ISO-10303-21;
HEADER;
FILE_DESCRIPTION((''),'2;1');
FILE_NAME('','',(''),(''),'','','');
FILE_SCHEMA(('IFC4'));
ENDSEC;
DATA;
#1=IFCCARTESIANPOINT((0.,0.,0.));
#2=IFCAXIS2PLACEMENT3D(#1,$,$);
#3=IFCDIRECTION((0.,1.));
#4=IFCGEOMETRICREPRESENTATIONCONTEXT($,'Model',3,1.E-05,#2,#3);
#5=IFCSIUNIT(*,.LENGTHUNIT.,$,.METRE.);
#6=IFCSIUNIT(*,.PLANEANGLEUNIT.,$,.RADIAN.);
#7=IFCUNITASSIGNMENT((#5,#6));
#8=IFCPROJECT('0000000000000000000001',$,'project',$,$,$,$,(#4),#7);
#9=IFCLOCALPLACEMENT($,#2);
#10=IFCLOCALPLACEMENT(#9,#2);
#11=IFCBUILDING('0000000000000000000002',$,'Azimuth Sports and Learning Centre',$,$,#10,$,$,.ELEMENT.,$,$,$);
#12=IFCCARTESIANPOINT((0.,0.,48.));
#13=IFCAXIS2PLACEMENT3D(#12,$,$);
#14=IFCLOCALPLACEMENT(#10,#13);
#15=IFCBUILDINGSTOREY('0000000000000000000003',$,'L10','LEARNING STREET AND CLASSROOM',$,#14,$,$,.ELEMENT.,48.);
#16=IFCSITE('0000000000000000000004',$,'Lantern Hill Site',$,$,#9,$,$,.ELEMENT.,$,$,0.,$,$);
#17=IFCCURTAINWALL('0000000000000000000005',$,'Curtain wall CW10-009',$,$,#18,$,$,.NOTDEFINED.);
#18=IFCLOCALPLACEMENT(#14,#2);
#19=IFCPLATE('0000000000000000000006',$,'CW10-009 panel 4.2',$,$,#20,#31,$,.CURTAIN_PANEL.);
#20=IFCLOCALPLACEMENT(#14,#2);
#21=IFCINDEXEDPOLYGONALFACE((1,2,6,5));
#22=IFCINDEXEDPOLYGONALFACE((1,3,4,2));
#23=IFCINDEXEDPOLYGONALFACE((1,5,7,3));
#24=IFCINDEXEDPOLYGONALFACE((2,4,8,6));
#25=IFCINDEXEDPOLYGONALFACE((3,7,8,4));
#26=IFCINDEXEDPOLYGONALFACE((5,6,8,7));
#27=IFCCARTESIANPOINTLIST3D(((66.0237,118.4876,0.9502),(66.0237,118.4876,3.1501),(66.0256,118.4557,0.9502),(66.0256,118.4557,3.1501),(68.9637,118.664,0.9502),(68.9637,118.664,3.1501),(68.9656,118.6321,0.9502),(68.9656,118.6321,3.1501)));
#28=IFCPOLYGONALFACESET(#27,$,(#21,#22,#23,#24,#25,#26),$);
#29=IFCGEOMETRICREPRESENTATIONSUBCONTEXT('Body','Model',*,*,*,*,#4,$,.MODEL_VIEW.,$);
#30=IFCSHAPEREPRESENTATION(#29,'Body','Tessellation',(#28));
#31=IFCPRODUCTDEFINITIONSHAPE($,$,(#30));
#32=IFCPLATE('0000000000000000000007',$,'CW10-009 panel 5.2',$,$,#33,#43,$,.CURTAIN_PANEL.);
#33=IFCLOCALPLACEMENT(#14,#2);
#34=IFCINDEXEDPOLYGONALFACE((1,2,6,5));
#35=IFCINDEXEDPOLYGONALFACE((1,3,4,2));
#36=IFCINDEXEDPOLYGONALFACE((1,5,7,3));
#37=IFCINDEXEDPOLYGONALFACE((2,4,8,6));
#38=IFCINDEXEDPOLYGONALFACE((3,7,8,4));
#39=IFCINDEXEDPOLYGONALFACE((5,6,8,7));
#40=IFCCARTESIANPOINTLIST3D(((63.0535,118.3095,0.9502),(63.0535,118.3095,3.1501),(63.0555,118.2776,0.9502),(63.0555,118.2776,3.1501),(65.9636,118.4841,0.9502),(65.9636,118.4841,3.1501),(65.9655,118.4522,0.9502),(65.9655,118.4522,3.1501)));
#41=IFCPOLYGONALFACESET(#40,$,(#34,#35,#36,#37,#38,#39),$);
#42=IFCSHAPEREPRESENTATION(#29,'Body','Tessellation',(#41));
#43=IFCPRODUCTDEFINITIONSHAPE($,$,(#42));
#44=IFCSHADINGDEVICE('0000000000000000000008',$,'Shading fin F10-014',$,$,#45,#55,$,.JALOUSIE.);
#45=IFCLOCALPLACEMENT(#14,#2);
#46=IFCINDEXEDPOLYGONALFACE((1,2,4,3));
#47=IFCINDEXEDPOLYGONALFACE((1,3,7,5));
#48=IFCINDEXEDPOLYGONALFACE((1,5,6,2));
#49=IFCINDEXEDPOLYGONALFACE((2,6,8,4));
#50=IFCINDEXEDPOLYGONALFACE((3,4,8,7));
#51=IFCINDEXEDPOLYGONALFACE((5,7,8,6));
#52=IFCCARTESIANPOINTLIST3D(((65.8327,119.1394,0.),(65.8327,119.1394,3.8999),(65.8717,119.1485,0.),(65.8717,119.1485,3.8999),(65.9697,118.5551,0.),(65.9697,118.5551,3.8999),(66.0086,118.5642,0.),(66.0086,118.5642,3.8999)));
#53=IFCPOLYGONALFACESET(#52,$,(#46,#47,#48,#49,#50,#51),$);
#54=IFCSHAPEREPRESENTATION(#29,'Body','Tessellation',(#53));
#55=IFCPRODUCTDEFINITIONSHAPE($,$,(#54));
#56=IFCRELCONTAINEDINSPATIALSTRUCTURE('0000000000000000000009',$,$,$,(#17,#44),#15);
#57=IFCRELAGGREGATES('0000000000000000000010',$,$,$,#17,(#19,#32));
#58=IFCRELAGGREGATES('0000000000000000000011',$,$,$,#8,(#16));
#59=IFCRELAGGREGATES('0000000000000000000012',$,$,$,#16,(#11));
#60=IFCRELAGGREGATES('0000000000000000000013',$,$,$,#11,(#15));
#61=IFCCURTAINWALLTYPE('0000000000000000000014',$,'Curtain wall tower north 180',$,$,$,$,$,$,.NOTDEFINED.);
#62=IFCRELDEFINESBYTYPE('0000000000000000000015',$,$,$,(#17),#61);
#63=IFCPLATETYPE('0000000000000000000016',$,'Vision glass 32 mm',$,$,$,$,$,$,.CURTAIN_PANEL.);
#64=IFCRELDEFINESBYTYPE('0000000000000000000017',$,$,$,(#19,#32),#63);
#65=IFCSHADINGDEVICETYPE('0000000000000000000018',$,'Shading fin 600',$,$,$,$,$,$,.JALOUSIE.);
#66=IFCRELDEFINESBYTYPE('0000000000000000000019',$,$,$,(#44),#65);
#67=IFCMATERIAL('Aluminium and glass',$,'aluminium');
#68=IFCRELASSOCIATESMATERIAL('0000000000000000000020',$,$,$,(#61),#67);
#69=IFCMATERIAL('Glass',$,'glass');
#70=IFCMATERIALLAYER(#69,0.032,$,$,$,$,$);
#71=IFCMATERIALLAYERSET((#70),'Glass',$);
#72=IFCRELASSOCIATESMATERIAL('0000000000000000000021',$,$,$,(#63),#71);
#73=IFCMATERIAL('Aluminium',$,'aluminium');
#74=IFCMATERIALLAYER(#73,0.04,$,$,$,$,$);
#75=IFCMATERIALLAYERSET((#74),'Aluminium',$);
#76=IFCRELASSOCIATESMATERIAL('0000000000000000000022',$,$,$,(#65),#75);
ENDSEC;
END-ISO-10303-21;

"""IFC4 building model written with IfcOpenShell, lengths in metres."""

from ifc_helpers import new_model, si_unit, direction, frame, origin, origin_2d, place, context, subcontext, project, spatial, rectangle, extrude, material, layer, layer_set, type_object, element, aggregate, save


model = new_model("IFC4")

# Units and contexts
model_context = context("Model", 3, precision=1e-05, world=origin(), true_north=direction((0.0, 1.0)))
body_context = subcontext(model_context, "Body", "Model", "MODEL_VIEW")
ifc_project = project(units=[si_unit("LENGTHUNIT", "METRE"), si_unit("PLANEANGLEUNIT", "RADIAN")], contexts=[model_context])

# Site, building, storey
site_placement = place(None, origin())
site = spatial("IfcSite", under=ifc_project, at=site_placement, Name="Lantern Hill Site", CompositionType="ELEMENT", RefElevation=0.0)
building_placement = place(site_placement, origin())
building = spatial("IfcBuilding", under=site, at=building_placement, Name="Azimuth Sports and Learning Centre", CompositionType="ELEMENT")
storey_placement = place(building_placement, frame((0.0, 0.0, 48.0)))
storey = spatial("IfcBuildingStorey", under=building, at=storey_placement, Name="L10", Description="LEARNING STREET AND CLASSROOM", CompositionType="ELEMENT", Elevation=48.0)

# Curtain wall, plates
ifc_material_1 = material(Name="Aluminium and glass", Category="aluminium")
curtain_wall_type = type_object("IfcCurtainWallType", Name="Curtain wall tower north 180", PredefinedType="NOTDEFINED", material=ifc_material_1)
curtain_wall_placement = place(storey_placement, origin())
curtain_wall = element("IfcCurtainWall", 1, at=curtain_wall_placement, inside=storey, type_object=curtain_wall_type, Name="Curtain wall CW10-009", PredefinedType="NOTDEFINED")
ifc_material_2 = material(Name="Glass", Category="glass")
ifc_layer_1 = layer(ifc_material_2, 0.032)
ifc_layer_set_1 = layer_set([ifc_layer_1], Name="Glass")
plate_type_1 = type_object("IfcPlateType", Name="Vision glass 32 mm", PredefinedType="CURTAIN_PANEL", material=ifc_layer_set_1)
plate_1_placement = place(storey_placement, frame((67.4946, 118.5598, 0.9502), z_axis=(0.0, 0.0, 1.0), x_axis=(-0.998205, -0.059892, 0.0)))
plate_1 = element("IfcPlate", 2, at=plate_1_placement, type_object=plate_type_1, Name="CW10-009 panel 4.2", PredefinedType="CURTAIN_PANEL", context=body_context, shape_type="SweptSolid", body=[
    extrude(rectangle(XDim=2.9453, YDim=0.032, at=origin_2d()), origin(), (0.0, 0.0, 1.0), 2.2),
])
plate_2_placement = place(storey_placement, frame((64.5095, 118.3809, 0.9502), z_axis=(0.0, 0.0, 1.0), x_axis=(-0.998205, -0.059892, 0.0)))
plate_2 = element("IfcPlate", 3, at=plate_2_placement, type_object=plate_type_1, Name="CW10-009 panel 5.2", PredefinedType="CURTAIN_PANEL", context=body_context, shape_type="SweptSolid", body=[
    extrude(rectangle(XDim=2.9153, YDim=0.032, at=origin_2d()), origin(), (0.0, 0.0, 1.0), 2.2),
])
aggregate(curtain_wall, [plate_1, plate_2])

# Shading device
ifc_material_3 = material(Name="Aluminium", Category="aluminium")
ifc_layer_2 = layer(ifc_material_3, 0.04)
ifc_layer_set_2 = layer_set([ifc_layer_2], Name="Aluminium")
shading_device_type = type_object("IfcShadingDeviceType", Name="Shading fin 600", PredefinedType="JALOUSIE", material=ifc_layer_set_2)
shading_device_placement = place(storey_placement, frame((65.9207, 118.8518, 0.0), z_axis=(0.0, 0.0, 1.0), x_axis=(-0.228271, 0.973598, 0.0)))
element("IfcShadingDevice", 4, at=shading_device_placement, inside=storey, type_object=shading_device_type, Name="Shading fin F10-014", PredefinedType="JALOUSIE", context=body_context, shape_type="SweptSolid", body=[
    extrude(rectangle(XDim=0.6001, YDim=0.04, at=origin_2d()), origin(), (0.0, 0.0, 1.0), 3.8999),
])

save(model, "model.ifc")
